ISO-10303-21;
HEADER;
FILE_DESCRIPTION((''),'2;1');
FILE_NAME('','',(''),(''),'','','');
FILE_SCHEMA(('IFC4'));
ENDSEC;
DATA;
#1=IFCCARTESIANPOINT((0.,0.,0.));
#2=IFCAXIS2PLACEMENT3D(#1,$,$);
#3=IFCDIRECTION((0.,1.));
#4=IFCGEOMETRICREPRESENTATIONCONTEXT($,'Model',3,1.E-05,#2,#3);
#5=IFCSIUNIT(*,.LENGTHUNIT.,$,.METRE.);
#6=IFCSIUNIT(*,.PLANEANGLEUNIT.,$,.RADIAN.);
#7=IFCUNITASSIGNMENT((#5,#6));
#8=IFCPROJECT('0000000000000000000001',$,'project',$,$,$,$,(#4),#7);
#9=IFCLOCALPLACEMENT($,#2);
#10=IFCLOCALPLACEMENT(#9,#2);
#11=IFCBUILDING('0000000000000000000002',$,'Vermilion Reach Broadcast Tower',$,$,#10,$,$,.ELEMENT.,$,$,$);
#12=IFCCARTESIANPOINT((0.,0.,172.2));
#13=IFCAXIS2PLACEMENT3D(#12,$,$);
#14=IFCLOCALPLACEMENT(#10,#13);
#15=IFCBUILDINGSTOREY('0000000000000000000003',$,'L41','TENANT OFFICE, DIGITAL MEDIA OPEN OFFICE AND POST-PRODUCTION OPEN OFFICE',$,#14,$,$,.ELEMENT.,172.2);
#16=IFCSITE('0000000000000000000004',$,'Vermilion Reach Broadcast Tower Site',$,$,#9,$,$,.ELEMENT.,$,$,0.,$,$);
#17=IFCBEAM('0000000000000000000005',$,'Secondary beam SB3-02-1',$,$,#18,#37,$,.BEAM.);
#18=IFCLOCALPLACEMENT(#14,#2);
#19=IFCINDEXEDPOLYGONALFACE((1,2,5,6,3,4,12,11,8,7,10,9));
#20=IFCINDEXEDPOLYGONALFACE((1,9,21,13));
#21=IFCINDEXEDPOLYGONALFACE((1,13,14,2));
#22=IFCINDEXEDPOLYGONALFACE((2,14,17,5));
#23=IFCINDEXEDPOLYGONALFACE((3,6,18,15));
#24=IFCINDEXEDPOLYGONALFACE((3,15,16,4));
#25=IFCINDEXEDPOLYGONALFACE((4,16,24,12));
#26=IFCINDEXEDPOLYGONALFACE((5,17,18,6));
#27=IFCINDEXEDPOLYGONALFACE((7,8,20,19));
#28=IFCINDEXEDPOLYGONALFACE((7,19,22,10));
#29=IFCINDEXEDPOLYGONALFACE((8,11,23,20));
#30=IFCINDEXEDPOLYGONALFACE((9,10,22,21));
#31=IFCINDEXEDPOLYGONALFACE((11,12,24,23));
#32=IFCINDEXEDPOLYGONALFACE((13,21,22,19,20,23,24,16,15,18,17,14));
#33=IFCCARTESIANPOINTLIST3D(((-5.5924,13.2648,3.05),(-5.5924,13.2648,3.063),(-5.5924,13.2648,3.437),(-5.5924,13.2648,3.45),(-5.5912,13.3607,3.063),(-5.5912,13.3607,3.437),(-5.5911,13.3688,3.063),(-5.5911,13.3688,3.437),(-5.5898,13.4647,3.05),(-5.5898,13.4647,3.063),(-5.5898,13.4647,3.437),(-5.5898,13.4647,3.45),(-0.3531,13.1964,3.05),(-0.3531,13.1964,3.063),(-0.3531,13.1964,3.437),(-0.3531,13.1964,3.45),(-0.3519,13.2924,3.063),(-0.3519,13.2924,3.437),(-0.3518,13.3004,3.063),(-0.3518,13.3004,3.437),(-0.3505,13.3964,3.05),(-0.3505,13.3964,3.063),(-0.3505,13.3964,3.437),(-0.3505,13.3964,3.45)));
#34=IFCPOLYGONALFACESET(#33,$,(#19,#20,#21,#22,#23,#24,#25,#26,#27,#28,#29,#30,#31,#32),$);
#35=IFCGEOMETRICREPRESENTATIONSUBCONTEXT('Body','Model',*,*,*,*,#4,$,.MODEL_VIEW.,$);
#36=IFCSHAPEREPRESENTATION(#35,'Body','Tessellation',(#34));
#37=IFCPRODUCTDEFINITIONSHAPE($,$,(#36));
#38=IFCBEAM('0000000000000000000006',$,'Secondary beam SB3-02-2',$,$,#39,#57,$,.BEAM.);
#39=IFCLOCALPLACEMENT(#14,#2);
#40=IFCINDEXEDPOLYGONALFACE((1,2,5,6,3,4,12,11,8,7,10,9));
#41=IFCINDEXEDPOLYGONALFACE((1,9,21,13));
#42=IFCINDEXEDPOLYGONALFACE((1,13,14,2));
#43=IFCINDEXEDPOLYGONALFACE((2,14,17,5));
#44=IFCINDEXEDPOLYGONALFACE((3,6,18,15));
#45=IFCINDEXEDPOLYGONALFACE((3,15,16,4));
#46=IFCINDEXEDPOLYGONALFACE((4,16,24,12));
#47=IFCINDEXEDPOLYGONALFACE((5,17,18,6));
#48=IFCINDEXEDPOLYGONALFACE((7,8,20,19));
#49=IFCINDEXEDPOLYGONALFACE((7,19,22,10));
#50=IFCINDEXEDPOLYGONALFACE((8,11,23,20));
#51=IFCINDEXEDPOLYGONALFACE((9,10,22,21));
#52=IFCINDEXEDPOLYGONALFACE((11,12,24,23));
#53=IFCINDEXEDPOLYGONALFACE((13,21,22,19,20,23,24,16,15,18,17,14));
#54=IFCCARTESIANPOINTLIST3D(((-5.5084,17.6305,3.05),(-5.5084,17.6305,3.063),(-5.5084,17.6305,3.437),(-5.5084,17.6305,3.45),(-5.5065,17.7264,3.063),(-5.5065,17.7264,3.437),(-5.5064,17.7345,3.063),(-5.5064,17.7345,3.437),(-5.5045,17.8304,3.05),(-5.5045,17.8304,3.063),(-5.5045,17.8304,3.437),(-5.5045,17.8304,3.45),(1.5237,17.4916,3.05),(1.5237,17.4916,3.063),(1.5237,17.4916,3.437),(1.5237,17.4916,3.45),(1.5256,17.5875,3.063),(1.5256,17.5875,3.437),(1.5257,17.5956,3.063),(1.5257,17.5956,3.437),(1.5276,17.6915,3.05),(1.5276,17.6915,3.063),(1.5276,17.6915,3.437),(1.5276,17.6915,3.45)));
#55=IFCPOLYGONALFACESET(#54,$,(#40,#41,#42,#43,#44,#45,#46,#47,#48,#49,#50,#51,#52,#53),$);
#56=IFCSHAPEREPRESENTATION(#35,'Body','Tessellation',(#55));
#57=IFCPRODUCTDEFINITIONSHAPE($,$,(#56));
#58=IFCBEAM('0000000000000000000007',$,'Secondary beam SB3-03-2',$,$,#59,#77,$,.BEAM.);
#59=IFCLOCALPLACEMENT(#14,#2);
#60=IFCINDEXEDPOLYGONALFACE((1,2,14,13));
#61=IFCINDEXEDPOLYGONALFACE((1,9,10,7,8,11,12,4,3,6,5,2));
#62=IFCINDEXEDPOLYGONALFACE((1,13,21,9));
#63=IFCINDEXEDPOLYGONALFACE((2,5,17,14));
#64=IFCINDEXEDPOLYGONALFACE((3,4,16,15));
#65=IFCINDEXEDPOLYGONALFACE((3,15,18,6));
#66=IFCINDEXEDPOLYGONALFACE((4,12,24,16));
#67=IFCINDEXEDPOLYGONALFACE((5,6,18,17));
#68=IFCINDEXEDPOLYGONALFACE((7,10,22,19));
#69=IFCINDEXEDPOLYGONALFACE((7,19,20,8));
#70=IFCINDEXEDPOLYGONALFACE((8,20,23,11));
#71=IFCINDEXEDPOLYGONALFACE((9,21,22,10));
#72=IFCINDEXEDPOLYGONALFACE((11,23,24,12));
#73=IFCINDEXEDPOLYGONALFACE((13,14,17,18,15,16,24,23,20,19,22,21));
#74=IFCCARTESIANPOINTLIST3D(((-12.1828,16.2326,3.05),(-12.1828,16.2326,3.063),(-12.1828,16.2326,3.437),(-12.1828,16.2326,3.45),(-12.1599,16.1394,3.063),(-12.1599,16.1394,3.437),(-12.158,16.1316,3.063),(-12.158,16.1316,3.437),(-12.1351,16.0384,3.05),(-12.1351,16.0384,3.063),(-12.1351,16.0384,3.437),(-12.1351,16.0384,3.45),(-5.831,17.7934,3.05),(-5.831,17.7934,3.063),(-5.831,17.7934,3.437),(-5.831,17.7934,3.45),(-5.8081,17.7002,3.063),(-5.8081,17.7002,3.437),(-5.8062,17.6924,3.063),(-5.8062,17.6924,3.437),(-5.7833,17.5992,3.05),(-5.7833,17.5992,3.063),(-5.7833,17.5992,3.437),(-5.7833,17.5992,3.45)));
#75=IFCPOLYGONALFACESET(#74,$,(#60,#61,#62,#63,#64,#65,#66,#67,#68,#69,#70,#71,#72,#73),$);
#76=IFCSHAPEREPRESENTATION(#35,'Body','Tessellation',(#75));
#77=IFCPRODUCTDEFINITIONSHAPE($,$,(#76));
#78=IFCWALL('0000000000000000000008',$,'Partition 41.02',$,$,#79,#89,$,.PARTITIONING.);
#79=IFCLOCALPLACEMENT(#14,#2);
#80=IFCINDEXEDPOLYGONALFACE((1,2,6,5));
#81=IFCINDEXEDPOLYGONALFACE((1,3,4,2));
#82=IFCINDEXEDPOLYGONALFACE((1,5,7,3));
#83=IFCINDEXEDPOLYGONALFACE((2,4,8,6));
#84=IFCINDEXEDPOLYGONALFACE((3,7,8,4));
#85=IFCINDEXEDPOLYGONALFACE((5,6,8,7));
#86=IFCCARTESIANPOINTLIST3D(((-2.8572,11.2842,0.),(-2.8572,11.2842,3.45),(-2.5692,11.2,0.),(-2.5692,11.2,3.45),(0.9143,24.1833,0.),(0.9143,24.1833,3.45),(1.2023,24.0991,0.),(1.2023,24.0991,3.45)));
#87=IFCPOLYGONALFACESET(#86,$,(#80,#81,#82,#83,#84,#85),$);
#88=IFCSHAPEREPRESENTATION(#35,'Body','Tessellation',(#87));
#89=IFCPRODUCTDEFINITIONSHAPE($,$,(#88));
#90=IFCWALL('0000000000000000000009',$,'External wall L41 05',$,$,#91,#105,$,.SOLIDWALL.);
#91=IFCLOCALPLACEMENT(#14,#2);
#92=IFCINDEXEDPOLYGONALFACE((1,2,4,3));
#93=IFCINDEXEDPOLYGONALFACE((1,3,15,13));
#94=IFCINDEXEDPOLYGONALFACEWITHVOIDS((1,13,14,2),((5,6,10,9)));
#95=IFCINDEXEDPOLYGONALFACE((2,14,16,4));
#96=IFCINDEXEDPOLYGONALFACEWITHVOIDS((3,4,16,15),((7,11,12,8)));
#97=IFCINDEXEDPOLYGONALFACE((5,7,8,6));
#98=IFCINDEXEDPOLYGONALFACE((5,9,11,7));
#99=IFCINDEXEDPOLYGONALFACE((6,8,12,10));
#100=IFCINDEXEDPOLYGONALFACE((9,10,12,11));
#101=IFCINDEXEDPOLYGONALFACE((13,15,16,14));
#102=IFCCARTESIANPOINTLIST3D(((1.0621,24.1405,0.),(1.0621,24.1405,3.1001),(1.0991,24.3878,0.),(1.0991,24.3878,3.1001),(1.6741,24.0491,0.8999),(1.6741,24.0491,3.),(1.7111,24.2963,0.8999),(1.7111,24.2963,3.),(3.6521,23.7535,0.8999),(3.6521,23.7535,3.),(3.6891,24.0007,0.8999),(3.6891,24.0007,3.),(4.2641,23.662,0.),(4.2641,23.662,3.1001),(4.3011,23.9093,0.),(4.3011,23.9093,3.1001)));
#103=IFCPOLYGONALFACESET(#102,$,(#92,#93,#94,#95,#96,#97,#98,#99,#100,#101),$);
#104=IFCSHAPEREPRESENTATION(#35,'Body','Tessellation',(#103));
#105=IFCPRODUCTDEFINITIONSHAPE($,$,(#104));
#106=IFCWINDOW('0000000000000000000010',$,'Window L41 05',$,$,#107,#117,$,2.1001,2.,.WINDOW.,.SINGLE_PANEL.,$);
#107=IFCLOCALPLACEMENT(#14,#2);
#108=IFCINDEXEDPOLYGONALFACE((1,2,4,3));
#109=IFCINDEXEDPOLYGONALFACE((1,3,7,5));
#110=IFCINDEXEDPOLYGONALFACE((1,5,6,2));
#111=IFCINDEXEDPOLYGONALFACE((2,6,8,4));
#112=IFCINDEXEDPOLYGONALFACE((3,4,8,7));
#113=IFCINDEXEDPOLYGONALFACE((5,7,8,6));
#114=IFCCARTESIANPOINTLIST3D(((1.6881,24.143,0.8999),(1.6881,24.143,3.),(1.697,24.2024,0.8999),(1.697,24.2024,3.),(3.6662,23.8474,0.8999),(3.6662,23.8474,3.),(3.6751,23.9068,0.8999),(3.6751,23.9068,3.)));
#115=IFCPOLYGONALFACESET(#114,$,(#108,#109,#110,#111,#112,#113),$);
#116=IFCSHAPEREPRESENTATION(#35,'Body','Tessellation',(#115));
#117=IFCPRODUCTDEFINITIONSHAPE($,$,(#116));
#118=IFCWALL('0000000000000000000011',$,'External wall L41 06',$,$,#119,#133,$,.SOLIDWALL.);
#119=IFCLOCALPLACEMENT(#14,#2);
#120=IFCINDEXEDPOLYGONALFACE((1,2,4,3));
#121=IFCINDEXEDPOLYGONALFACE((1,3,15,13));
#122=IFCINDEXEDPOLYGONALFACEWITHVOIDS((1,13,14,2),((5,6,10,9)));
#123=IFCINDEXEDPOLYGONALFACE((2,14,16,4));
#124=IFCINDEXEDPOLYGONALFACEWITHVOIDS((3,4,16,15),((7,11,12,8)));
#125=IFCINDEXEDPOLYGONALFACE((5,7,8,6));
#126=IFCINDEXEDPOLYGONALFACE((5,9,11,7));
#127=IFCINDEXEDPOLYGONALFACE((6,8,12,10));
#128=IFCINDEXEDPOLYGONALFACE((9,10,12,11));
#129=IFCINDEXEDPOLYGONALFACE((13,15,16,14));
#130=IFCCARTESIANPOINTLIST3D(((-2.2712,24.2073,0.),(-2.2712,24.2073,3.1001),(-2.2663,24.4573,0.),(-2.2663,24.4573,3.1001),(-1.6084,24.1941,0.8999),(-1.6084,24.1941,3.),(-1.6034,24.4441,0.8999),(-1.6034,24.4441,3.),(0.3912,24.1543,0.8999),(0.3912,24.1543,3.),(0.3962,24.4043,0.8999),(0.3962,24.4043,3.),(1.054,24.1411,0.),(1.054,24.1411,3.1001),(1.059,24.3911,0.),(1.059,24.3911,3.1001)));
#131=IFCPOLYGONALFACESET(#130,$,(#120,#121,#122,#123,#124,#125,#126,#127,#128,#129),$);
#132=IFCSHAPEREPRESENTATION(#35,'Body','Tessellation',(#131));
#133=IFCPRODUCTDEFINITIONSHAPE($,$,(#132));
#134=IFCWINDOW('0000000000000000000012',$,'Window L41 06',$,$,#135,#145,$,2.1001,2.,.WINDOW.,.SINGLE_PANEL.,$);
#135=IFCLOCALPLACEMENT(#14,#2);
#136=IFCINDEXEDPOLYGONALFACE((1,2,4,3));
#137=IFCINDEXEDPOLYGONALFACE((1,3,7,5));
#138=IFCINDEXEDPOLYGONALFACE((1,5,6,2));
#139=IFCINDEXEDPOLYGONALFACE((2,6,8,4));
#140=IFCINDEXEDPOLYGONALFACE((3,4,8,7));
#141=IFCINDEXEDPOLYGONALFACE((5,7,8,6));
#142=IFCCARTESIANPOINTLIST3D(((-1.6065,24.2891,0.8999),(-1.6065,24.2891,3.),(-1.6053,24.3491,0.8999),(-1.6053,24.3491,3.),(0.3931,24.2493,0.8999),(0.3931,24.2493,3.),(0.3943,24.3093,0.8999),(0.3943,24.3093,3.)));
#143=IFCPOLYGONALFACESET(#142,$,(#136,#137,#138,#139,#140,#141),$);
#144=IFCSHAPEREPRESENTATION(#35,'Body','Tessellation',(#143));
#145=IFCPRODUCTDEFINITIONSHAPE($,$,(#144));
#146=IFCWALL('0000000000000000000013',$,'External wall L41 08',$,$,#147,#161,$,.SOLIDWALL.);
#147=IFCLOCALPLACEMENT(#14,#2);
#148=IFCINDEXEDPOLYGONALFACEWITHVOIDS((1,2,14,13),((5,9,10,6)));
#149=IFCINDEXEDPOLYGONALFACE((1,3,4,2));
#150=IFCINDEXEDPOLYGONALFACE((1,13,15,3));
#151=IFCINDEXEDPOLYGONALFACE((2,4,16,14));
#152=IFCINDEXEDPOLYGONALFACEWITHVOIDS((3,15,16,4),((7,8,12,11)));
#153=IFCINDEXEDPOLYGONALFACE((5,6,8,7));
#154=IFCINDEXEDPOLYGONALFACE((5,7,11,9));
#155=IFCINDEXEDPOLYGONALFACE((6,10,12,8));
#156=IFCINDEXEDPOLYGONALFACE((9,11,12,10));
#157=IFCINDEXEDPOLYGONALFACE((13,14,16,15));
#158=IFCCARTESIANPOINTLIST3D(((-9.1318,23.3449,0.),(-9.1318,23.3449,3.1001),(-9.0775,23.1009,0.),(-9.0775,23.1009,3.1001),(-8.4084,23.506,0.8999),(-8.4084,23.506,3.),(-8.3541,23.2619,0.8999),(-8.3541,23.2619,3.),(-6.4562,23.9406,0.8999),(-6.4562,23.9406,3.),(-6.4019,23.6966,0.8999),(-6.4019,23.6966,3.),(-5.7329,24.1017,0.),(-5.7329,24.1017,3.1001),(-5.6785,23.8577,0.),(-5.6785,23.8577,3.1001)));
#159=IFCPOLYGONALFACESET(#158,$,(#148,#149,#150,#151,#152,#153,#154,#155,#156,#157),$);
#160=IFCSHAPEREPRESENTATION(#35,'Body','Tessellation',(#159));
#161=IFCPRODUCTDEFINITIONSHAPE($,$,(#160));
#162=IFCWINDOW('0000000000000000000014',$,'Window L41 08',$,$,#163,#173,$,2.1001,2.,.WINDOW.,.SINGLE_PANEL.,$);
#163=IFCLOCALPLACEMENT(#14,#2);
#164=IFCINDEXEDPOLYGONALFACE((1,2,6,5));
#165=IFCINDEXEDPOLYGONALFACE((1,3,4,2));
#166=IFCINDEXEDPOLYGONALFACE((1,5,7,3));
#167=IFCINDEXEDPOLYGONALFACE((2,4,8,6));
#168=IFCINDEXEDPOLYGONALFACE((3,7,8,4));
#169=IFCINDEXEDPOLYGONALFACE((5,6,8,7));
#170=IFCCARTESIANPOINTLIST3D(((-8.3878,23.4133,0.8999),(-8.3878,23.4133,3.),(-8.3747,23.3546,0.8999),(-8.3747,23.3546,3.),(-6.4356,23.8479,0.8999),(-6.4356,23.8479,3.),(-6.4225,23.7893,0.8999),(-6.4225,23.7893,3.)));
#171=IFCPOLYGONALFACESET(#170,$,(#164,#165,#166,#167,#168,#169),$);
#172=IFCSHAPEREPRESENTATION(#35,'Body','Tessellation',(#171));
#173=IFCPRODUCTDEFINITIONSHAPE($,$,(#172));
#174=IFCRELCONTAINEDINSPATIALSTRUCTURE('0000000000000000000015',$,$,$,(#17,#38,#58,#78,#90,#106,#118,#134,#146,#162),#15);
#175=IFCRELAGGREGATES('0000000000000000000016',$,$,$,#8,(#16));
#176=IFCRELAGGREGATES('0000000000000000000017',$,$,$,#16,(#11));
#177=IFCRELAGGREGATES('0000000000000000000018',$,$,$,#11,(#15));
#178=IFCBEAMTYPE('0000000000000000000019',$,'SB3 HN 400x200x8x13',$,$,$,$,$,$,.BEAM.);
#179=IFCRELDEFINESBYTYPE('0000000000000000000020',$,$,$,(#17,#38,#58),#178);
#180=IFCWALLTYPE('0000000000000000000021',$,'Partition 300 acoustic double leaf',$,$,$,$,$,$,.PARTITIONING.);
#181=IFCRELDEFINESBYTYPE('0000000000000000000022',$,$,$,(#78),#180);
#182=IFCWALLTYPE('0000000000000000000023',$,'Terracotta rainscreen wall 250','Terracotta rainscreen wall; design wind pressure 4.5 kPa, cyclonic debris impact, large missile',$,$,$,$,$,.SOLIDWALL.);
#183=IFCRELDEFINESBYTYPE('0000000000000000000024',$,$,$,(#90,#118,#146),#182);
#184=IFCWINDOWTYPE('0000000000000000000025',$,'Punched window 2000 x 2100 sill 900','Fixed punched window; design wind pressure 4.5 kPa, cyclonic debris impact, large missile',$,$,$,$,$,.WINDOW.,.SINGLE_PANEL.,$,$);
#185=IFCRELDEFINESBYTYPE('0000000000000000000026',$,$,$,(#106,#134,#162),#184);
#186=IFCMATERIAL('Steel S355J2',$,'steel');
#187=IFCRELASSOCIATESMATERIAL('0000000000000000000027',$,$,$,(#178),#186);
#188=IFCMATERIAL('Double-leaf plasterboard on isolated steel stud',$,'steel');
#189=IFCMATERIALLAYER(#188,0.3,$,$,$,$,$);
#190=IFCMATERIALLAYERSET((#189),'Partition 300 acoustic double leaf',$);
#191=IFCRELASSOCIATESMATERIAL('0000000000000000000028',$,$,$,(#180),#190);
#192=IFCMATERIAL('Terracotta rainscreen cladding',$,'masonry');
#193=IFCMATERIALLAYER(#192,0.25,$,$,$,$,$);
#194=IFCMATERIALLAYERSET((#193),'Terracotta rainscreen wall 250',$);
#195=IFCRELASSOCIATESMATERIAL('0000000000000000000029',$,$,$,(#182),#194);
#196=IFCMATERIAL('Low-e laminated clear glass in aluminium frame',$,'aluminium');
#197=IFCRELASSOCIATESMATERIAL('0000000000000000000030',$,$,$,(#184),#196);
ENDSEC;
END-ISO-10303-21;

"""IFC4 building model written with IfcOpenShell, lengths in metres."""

from ifc_helpers import new_model, si_unit, direction, frame, frame_2d, origin, origin_2d, place, context, subcontext, project, spatial, rectangle, i_section, extrude, material, layer, layer_set, material_profile, profile_set, type_object, element, fill, save


model = new_model("IFC4")

# Units and contexts
model_context = context("Model", 3, precision=1e-05, world=origin(), true_north=direction((0.0, 1.0)))
body_context = subcontext(model_context, "Body", "Model", "MODEL_VIEW")
ifc_project = project(units=[si_unit("LENGTHUNIT", "METRE"), si_unit("PLANEANGLEUNIT", "RADIAN")], contexts=[model_context])

# Site, building, storey
site_placement = place(None, origin())
site = spatial("IfcSite", under=ifc_project, at=site_placement, Name="Vermilion Reach Broadcast Tower Site", CompositionType="ELEMENT", RefElevation=0.0)
building_placement = place(site_placement, origin())
building = spatial("IfcBuilding", under=site, at=building_placement, Name="Vermilion Reach Broadcast Tower", CompositionType="ELEMENT")
storey_placement = place(building_placement, frame((0.0, 0.0, 172.2)))
storey = spatial("IfcBuildingStorey", under=building, at=storey_placement, Name="L41", Description="TENANT OFFICE, DIGITAL MEDIA OPEN OFFICE AND POST-PRODUCTION OPEN OFFICE", CompositionType="ELEMENT", Elevation=172.2)

# Beams
ifc_material_1 = material(Name="Steel S355J2", Category="steel")
ifc_material_profile_1 = material_profile(ifc_material_1, i_section(OverallWidth=0.2, OverallDepth=0.3999, WebThickness=0.0081, FlangeThickness=0.0129, at=origin_2d()), Name="S355J2 HN 400x200x8x13")
ifc_profile_set_1 = profile_set([ifc_material_profile_1], Name="Steel S355J2")
beam_type_1 = type_object("IfcBeamType", Name="SB3 HN 400x200x8x13", PredefinedType="BEAM", material=ifc_profile_set_1)
beam_1_placement = place(storey_placement, frame((-0.3518, 13.2964, 3.25), z_axis=(-0.999915, 0.013046, 0.0), x_axis=(-0.013046, -0.999915, 0.0)))
element("IfcBeam", 1, at=beam_1_placement, inside=storey, type_object=beam_type_1, Name="Secondary beam SB3-02-1", PredefinedType="BEAM", context=body_context, shape_type="SweptSolid", body=[
    extrude(i_section(OverallWidth=0.2, OverallDepth=0.3999, WebThickness=0.0081, FlangeThickness=0.0129, at=origin_2d()), origin(), (0.0, 0.0, 1.0), 5.2397),
])
beam_2_placement = place(storey_placement, frame((1.5256, 17.5916, 3.25), z_axis=(-0.999805, 0.019751, 0.0), x_axis=(-0.019751, -0.999805, 0.0)))
element("IfcBeam", 2, at=beam_2_placement, inside=storey, type_object=beam_type_1, Name="Secondary beam SB3-02-2", PredefinedType="BEAM", context=body_context, shape_type="SweptSolid", body=[
    extrude(i_section(OverallWidth=0.2, OverallDepth=0.3999, WebThickness=0.0081, FlangeThickness=0.0129, at=origin_2d()), origin(), (0.0, 0.0, 1.0), 7.0334),
])
beam_3_placement = place(storey_placement, frame((-5.8071, 17.6963, 3.25), z_axis=(-0.971112, -0.238625, 0.0), x_axis=(0.238625, -0.971112, 0.0)))
element("IfcBeam", 3, at=beam_3_placement, inside=storey, type_object=beam_type_1, Name="Secondary beam SB3-03-2", PredefinedType="BEAM", context=body_context, shape_type="SweptSolid", body=[
    extrude(i_section(OverallWidth=0.2, OverallDepth=0.3999, WebThickness=0.0081, FlangeThickness=0.0129, at=origin_2d()), origin(), (0.0, 0.0, 1.0), 6.5408),
])

# Wall
ifc_material_2 = material(Name="Double-leaf plasterboard on isolated steel stud", Category="steel")
ifc_layer_1 = layer(ifc_material_2, 0.3)
ifc_layer_set_1 = layer_set([ifc_layer_1], Name="Partition 300 acoustic double leaf")
wall_type_1 = type_object("IfcWallType", Name="Partition 300 acoustic double leaf", PredefinedType="PARTITIONING", material=ifc_layer_set_1)
wall_1_placement = place(storey_placement, frame((1.0583, 24.1414, 0.0), z_axis=(0.0, 0.0, 1.0), x_axis=(-0.280633, -0.959815, 0.0)))
element("IfcWall", 4, at=wall_1_placement, inside=storey, type_object=wall_type_1, Name="Partition 41.02", PredefinedType="PARTITIONING", context=body_context, shape_type="SweptSolid", body=[
    extrude(rectangle(XDim=13.4392, YDim=0.3, at=frame_2d((6.7197, 0.0))), origin(), (0.0, 0.0, 1.0), 3.45),
])

# Walls, openings, windows
ifc_material_3 = material(Name="Terracotta rainscreen cladding", Category="masonry")
ifc_layer_2 = layer(ifc_material_3, 0.25)
ifc_layer_set_2 = layer_set([ifc_layer_2], Name="Terracotta rainscreen wall 250")
wall_type_2 = type_object("IfcWallType", Name="Terracotta rainscreen wall 250", Description="Terracotta rainscreen wall; design wind pressure 4.5 kPa, cyclonic debris impact, large missile", PredefinedType="SOLIDWALL", material=ifc_layer_set_2)
wall_2_placement = place(storey_placement, frame((4.2825, 23.7856, 0.0), z_axis=(0.0, 0.0, 1.0), x_axis=(-0.989016, 0.147806, 0.0)))
wall_2 = element("IfcWall", 5, at=wall_2_placement, inside=storey, type_object=wall_type_2, Name="External wall L41 05", PredefinedType="SOLIDWALL", context=body_context, shape_type="SweptSolid", body=[
    extrude(rectangle(XDim=3.2375, YDim=0.25, at=frame_2d((1.6187, 0.0))), origin(), (0.0, 0.0, 1.0), 3.1001),
])
opening_1_placement = place(wall_2_placement, frame((0.6187, 0.0, 0.8999)))
opening_1 = element("IfcOpeningElement", 6, at=opening_1_placement, cuts=wall_2, PredefinedType="OPENING", context=body_context, shape_type="SweptSolid", body=[
    extrude(rectangle(XDim=2.0, YDim=2.1001, at=frame_2d((1.0, 1.05))), frame((0.0, 0.135, 0.0), z_axis=(0.0, -1.0, 0.0), x_axis=(1.0, 0.0, 0.0)), (0.0, 0.0, 1.0), 0.27),
])
ifc_material_4 = material(Name="Low-e laminated clear glass in aluminium frame", Category="aluminium")
window_type = type_object("IfcWindowType", Name="Punched window 2000 x 2100 sill 900", Description="Fixed punched window; design wind pressure 4.5 kPa, cyclonic debris impact, large missile", PartitioningType="SINGLE_PANEL", PredefinedType="WINDOW", material=ifc_material_4)
window_1_placement = place(opening_1_placement, origin())
window_1 = element("IfcWindow", 7, at=window_1_placement, inside=storey, type_object=window_type, Name="Window L41 05", OverallHeight=2.1001, OverallWidth=2.0, PartitioningType="SINGLE_PANEL", PredefinedType="WINDOW", context=body_context, shape_type="SweptSolid", body=[
    extrude(rectangle(XDim=2.0, YDim=2.1001, at=frame_2d((1.0, 1.05))), frame((0.0, 0.03, 0.0), z_axis=(0.0, -1.0, 0.0), x_axis=(1.0, 0.0, 0.0)), (0.0, 0.0, 1.0), 0.0601),
])
fill(opening_1, window_1)
wall_3_placement = place(storey_placement, frame((1.0566, 24.2661, 0.0), z_axis=(0.0, 0.0, 1.0), x_axis=(-0.999802, 0.019893, 0.0)))
wall_3 = element("IfcWall", 8, at=wall_3_placement, inside=storey, type_object=wall_type_2, Name="External wall L41 06", PredefinedType="SOLIDWALL", context=body_context, shape_type="SweptSolid", body=[
    extrude(rectangle(XDim=3.3259, YDim=0.25, at=frame_2d((1.6631, 0.0))), origin(), (0.0, 0.0, 1.0), 3.1001),
])
opening_2_placement = place(wall_3_placement, frame((0.6631, 0.0, 0.8999)))
opening_2 = element("IfcOpeningElement", 9, at=opening_2_placement, cuts=wall_3, PredefinedType="OPENING", context=body_context, shape_type="SweptSolid", body=[
    extrude(rectangle(XDim=2.0, YDim=2.1001, at=frame_2d((1.0, 1.05))), frame((0.0, 0.135, 0.0), z_axis=(0.0, -1.0, 0.0), x_axis=(1.0, 0.0, 0.0)), (0.0, 0.0, 1.0), 0.27),
])
window_2_placement = place(opening_2_placement, origin())
window_2 = element("IfcWindow", 10, at=window_2_placement, inside=storey, type_object=window_type, Name="Window L41 06", OverallHeight=2.1001, OverallWidth=2.0, PartitioningType="SINGLE_PANEL", PredefinedType="WINDOW", context=body_context, shape_type="SweptSolid", body=[
    extrude(rectangle(XDim=2.0, YDim=2.1001, at=frame_2d((1.0, 1.05))), frame((0.0, 0.03, 0.0), z_axis=(0.0, -1.0, 0.0), x_axis=(1.0, 0.0, 0.0)), (0.0, 0.0, 1.0), 0.0601),
])
fill(opening_2, window_2)

# Wall, opening, window
wall_4_placement = place(storey_placement, frame((-5.7056, 23.9797, 0.0), z_axis=(0.0, 0.0, 1.0), x_axis=(-0.976095, -0.217346, 0.0)))
wall_4 = element("IfcWall", 11, at=wall_4_placement, inside=storey, type_object=wall_type_2, Name="External wall L41 08", PredefinedType="SOLIDWALL", context=body_context, shape_type="SweptSolid", body=[
    extrude(rectangle(XDim=3.4822, YDim=0.25, at=frame_2d((1.7412, 0.0))), origin(), (0.0, 0.0, 1.0), 3.1001),
])
opening_3_placement = place(wall_4_placement, frame((0.7412, 0.0, 0.8999)))
opening_3 = element("IfcOpeningElement", 12, at=opening_3_placement, cuts=wall_4, PredefinedType="OPENING", context=body_context, shape_type="SweptSolid", body=[
    extrude(rectangle(XDim=2.0, YDim=2.1001, at=frame_2d((1.0, 1.05))), frame((0.0, 0.135, 0.0), z_axis=(0.0, -1.0, 0.0), x_axis=(1.0, 0.0, 0.0)), (0.0, 0.0, 1.0), 0.27),
])
window_3_placement = place(opening_3_placement, origin())
window_3 = element("IfcWindow", 13, at=window_3_placement, inside=storey, type_object=window_type, Name="Window L41 08", OverallHeight=2.1001, OverallWidth=2.0, PartitioningType="SINGLE_PANEL", PredefinedType="WINDOW", context=body_context, shape_type="SweptSolid", body=[
    extrude(rectangle(XDim=2.0, YDim=2.1001, at=frame_2d((1.0, 1.05))), frame((0.0, 0.03, 0.0), z_axis=(0.0, -1.0, 0.0), x_axis=(1.0, 0.0, 0.0)), (0.0, 0.0, 1.0), 0.0601),
])
fill(opening_3, window_3)

save(model, "model.ifc")
